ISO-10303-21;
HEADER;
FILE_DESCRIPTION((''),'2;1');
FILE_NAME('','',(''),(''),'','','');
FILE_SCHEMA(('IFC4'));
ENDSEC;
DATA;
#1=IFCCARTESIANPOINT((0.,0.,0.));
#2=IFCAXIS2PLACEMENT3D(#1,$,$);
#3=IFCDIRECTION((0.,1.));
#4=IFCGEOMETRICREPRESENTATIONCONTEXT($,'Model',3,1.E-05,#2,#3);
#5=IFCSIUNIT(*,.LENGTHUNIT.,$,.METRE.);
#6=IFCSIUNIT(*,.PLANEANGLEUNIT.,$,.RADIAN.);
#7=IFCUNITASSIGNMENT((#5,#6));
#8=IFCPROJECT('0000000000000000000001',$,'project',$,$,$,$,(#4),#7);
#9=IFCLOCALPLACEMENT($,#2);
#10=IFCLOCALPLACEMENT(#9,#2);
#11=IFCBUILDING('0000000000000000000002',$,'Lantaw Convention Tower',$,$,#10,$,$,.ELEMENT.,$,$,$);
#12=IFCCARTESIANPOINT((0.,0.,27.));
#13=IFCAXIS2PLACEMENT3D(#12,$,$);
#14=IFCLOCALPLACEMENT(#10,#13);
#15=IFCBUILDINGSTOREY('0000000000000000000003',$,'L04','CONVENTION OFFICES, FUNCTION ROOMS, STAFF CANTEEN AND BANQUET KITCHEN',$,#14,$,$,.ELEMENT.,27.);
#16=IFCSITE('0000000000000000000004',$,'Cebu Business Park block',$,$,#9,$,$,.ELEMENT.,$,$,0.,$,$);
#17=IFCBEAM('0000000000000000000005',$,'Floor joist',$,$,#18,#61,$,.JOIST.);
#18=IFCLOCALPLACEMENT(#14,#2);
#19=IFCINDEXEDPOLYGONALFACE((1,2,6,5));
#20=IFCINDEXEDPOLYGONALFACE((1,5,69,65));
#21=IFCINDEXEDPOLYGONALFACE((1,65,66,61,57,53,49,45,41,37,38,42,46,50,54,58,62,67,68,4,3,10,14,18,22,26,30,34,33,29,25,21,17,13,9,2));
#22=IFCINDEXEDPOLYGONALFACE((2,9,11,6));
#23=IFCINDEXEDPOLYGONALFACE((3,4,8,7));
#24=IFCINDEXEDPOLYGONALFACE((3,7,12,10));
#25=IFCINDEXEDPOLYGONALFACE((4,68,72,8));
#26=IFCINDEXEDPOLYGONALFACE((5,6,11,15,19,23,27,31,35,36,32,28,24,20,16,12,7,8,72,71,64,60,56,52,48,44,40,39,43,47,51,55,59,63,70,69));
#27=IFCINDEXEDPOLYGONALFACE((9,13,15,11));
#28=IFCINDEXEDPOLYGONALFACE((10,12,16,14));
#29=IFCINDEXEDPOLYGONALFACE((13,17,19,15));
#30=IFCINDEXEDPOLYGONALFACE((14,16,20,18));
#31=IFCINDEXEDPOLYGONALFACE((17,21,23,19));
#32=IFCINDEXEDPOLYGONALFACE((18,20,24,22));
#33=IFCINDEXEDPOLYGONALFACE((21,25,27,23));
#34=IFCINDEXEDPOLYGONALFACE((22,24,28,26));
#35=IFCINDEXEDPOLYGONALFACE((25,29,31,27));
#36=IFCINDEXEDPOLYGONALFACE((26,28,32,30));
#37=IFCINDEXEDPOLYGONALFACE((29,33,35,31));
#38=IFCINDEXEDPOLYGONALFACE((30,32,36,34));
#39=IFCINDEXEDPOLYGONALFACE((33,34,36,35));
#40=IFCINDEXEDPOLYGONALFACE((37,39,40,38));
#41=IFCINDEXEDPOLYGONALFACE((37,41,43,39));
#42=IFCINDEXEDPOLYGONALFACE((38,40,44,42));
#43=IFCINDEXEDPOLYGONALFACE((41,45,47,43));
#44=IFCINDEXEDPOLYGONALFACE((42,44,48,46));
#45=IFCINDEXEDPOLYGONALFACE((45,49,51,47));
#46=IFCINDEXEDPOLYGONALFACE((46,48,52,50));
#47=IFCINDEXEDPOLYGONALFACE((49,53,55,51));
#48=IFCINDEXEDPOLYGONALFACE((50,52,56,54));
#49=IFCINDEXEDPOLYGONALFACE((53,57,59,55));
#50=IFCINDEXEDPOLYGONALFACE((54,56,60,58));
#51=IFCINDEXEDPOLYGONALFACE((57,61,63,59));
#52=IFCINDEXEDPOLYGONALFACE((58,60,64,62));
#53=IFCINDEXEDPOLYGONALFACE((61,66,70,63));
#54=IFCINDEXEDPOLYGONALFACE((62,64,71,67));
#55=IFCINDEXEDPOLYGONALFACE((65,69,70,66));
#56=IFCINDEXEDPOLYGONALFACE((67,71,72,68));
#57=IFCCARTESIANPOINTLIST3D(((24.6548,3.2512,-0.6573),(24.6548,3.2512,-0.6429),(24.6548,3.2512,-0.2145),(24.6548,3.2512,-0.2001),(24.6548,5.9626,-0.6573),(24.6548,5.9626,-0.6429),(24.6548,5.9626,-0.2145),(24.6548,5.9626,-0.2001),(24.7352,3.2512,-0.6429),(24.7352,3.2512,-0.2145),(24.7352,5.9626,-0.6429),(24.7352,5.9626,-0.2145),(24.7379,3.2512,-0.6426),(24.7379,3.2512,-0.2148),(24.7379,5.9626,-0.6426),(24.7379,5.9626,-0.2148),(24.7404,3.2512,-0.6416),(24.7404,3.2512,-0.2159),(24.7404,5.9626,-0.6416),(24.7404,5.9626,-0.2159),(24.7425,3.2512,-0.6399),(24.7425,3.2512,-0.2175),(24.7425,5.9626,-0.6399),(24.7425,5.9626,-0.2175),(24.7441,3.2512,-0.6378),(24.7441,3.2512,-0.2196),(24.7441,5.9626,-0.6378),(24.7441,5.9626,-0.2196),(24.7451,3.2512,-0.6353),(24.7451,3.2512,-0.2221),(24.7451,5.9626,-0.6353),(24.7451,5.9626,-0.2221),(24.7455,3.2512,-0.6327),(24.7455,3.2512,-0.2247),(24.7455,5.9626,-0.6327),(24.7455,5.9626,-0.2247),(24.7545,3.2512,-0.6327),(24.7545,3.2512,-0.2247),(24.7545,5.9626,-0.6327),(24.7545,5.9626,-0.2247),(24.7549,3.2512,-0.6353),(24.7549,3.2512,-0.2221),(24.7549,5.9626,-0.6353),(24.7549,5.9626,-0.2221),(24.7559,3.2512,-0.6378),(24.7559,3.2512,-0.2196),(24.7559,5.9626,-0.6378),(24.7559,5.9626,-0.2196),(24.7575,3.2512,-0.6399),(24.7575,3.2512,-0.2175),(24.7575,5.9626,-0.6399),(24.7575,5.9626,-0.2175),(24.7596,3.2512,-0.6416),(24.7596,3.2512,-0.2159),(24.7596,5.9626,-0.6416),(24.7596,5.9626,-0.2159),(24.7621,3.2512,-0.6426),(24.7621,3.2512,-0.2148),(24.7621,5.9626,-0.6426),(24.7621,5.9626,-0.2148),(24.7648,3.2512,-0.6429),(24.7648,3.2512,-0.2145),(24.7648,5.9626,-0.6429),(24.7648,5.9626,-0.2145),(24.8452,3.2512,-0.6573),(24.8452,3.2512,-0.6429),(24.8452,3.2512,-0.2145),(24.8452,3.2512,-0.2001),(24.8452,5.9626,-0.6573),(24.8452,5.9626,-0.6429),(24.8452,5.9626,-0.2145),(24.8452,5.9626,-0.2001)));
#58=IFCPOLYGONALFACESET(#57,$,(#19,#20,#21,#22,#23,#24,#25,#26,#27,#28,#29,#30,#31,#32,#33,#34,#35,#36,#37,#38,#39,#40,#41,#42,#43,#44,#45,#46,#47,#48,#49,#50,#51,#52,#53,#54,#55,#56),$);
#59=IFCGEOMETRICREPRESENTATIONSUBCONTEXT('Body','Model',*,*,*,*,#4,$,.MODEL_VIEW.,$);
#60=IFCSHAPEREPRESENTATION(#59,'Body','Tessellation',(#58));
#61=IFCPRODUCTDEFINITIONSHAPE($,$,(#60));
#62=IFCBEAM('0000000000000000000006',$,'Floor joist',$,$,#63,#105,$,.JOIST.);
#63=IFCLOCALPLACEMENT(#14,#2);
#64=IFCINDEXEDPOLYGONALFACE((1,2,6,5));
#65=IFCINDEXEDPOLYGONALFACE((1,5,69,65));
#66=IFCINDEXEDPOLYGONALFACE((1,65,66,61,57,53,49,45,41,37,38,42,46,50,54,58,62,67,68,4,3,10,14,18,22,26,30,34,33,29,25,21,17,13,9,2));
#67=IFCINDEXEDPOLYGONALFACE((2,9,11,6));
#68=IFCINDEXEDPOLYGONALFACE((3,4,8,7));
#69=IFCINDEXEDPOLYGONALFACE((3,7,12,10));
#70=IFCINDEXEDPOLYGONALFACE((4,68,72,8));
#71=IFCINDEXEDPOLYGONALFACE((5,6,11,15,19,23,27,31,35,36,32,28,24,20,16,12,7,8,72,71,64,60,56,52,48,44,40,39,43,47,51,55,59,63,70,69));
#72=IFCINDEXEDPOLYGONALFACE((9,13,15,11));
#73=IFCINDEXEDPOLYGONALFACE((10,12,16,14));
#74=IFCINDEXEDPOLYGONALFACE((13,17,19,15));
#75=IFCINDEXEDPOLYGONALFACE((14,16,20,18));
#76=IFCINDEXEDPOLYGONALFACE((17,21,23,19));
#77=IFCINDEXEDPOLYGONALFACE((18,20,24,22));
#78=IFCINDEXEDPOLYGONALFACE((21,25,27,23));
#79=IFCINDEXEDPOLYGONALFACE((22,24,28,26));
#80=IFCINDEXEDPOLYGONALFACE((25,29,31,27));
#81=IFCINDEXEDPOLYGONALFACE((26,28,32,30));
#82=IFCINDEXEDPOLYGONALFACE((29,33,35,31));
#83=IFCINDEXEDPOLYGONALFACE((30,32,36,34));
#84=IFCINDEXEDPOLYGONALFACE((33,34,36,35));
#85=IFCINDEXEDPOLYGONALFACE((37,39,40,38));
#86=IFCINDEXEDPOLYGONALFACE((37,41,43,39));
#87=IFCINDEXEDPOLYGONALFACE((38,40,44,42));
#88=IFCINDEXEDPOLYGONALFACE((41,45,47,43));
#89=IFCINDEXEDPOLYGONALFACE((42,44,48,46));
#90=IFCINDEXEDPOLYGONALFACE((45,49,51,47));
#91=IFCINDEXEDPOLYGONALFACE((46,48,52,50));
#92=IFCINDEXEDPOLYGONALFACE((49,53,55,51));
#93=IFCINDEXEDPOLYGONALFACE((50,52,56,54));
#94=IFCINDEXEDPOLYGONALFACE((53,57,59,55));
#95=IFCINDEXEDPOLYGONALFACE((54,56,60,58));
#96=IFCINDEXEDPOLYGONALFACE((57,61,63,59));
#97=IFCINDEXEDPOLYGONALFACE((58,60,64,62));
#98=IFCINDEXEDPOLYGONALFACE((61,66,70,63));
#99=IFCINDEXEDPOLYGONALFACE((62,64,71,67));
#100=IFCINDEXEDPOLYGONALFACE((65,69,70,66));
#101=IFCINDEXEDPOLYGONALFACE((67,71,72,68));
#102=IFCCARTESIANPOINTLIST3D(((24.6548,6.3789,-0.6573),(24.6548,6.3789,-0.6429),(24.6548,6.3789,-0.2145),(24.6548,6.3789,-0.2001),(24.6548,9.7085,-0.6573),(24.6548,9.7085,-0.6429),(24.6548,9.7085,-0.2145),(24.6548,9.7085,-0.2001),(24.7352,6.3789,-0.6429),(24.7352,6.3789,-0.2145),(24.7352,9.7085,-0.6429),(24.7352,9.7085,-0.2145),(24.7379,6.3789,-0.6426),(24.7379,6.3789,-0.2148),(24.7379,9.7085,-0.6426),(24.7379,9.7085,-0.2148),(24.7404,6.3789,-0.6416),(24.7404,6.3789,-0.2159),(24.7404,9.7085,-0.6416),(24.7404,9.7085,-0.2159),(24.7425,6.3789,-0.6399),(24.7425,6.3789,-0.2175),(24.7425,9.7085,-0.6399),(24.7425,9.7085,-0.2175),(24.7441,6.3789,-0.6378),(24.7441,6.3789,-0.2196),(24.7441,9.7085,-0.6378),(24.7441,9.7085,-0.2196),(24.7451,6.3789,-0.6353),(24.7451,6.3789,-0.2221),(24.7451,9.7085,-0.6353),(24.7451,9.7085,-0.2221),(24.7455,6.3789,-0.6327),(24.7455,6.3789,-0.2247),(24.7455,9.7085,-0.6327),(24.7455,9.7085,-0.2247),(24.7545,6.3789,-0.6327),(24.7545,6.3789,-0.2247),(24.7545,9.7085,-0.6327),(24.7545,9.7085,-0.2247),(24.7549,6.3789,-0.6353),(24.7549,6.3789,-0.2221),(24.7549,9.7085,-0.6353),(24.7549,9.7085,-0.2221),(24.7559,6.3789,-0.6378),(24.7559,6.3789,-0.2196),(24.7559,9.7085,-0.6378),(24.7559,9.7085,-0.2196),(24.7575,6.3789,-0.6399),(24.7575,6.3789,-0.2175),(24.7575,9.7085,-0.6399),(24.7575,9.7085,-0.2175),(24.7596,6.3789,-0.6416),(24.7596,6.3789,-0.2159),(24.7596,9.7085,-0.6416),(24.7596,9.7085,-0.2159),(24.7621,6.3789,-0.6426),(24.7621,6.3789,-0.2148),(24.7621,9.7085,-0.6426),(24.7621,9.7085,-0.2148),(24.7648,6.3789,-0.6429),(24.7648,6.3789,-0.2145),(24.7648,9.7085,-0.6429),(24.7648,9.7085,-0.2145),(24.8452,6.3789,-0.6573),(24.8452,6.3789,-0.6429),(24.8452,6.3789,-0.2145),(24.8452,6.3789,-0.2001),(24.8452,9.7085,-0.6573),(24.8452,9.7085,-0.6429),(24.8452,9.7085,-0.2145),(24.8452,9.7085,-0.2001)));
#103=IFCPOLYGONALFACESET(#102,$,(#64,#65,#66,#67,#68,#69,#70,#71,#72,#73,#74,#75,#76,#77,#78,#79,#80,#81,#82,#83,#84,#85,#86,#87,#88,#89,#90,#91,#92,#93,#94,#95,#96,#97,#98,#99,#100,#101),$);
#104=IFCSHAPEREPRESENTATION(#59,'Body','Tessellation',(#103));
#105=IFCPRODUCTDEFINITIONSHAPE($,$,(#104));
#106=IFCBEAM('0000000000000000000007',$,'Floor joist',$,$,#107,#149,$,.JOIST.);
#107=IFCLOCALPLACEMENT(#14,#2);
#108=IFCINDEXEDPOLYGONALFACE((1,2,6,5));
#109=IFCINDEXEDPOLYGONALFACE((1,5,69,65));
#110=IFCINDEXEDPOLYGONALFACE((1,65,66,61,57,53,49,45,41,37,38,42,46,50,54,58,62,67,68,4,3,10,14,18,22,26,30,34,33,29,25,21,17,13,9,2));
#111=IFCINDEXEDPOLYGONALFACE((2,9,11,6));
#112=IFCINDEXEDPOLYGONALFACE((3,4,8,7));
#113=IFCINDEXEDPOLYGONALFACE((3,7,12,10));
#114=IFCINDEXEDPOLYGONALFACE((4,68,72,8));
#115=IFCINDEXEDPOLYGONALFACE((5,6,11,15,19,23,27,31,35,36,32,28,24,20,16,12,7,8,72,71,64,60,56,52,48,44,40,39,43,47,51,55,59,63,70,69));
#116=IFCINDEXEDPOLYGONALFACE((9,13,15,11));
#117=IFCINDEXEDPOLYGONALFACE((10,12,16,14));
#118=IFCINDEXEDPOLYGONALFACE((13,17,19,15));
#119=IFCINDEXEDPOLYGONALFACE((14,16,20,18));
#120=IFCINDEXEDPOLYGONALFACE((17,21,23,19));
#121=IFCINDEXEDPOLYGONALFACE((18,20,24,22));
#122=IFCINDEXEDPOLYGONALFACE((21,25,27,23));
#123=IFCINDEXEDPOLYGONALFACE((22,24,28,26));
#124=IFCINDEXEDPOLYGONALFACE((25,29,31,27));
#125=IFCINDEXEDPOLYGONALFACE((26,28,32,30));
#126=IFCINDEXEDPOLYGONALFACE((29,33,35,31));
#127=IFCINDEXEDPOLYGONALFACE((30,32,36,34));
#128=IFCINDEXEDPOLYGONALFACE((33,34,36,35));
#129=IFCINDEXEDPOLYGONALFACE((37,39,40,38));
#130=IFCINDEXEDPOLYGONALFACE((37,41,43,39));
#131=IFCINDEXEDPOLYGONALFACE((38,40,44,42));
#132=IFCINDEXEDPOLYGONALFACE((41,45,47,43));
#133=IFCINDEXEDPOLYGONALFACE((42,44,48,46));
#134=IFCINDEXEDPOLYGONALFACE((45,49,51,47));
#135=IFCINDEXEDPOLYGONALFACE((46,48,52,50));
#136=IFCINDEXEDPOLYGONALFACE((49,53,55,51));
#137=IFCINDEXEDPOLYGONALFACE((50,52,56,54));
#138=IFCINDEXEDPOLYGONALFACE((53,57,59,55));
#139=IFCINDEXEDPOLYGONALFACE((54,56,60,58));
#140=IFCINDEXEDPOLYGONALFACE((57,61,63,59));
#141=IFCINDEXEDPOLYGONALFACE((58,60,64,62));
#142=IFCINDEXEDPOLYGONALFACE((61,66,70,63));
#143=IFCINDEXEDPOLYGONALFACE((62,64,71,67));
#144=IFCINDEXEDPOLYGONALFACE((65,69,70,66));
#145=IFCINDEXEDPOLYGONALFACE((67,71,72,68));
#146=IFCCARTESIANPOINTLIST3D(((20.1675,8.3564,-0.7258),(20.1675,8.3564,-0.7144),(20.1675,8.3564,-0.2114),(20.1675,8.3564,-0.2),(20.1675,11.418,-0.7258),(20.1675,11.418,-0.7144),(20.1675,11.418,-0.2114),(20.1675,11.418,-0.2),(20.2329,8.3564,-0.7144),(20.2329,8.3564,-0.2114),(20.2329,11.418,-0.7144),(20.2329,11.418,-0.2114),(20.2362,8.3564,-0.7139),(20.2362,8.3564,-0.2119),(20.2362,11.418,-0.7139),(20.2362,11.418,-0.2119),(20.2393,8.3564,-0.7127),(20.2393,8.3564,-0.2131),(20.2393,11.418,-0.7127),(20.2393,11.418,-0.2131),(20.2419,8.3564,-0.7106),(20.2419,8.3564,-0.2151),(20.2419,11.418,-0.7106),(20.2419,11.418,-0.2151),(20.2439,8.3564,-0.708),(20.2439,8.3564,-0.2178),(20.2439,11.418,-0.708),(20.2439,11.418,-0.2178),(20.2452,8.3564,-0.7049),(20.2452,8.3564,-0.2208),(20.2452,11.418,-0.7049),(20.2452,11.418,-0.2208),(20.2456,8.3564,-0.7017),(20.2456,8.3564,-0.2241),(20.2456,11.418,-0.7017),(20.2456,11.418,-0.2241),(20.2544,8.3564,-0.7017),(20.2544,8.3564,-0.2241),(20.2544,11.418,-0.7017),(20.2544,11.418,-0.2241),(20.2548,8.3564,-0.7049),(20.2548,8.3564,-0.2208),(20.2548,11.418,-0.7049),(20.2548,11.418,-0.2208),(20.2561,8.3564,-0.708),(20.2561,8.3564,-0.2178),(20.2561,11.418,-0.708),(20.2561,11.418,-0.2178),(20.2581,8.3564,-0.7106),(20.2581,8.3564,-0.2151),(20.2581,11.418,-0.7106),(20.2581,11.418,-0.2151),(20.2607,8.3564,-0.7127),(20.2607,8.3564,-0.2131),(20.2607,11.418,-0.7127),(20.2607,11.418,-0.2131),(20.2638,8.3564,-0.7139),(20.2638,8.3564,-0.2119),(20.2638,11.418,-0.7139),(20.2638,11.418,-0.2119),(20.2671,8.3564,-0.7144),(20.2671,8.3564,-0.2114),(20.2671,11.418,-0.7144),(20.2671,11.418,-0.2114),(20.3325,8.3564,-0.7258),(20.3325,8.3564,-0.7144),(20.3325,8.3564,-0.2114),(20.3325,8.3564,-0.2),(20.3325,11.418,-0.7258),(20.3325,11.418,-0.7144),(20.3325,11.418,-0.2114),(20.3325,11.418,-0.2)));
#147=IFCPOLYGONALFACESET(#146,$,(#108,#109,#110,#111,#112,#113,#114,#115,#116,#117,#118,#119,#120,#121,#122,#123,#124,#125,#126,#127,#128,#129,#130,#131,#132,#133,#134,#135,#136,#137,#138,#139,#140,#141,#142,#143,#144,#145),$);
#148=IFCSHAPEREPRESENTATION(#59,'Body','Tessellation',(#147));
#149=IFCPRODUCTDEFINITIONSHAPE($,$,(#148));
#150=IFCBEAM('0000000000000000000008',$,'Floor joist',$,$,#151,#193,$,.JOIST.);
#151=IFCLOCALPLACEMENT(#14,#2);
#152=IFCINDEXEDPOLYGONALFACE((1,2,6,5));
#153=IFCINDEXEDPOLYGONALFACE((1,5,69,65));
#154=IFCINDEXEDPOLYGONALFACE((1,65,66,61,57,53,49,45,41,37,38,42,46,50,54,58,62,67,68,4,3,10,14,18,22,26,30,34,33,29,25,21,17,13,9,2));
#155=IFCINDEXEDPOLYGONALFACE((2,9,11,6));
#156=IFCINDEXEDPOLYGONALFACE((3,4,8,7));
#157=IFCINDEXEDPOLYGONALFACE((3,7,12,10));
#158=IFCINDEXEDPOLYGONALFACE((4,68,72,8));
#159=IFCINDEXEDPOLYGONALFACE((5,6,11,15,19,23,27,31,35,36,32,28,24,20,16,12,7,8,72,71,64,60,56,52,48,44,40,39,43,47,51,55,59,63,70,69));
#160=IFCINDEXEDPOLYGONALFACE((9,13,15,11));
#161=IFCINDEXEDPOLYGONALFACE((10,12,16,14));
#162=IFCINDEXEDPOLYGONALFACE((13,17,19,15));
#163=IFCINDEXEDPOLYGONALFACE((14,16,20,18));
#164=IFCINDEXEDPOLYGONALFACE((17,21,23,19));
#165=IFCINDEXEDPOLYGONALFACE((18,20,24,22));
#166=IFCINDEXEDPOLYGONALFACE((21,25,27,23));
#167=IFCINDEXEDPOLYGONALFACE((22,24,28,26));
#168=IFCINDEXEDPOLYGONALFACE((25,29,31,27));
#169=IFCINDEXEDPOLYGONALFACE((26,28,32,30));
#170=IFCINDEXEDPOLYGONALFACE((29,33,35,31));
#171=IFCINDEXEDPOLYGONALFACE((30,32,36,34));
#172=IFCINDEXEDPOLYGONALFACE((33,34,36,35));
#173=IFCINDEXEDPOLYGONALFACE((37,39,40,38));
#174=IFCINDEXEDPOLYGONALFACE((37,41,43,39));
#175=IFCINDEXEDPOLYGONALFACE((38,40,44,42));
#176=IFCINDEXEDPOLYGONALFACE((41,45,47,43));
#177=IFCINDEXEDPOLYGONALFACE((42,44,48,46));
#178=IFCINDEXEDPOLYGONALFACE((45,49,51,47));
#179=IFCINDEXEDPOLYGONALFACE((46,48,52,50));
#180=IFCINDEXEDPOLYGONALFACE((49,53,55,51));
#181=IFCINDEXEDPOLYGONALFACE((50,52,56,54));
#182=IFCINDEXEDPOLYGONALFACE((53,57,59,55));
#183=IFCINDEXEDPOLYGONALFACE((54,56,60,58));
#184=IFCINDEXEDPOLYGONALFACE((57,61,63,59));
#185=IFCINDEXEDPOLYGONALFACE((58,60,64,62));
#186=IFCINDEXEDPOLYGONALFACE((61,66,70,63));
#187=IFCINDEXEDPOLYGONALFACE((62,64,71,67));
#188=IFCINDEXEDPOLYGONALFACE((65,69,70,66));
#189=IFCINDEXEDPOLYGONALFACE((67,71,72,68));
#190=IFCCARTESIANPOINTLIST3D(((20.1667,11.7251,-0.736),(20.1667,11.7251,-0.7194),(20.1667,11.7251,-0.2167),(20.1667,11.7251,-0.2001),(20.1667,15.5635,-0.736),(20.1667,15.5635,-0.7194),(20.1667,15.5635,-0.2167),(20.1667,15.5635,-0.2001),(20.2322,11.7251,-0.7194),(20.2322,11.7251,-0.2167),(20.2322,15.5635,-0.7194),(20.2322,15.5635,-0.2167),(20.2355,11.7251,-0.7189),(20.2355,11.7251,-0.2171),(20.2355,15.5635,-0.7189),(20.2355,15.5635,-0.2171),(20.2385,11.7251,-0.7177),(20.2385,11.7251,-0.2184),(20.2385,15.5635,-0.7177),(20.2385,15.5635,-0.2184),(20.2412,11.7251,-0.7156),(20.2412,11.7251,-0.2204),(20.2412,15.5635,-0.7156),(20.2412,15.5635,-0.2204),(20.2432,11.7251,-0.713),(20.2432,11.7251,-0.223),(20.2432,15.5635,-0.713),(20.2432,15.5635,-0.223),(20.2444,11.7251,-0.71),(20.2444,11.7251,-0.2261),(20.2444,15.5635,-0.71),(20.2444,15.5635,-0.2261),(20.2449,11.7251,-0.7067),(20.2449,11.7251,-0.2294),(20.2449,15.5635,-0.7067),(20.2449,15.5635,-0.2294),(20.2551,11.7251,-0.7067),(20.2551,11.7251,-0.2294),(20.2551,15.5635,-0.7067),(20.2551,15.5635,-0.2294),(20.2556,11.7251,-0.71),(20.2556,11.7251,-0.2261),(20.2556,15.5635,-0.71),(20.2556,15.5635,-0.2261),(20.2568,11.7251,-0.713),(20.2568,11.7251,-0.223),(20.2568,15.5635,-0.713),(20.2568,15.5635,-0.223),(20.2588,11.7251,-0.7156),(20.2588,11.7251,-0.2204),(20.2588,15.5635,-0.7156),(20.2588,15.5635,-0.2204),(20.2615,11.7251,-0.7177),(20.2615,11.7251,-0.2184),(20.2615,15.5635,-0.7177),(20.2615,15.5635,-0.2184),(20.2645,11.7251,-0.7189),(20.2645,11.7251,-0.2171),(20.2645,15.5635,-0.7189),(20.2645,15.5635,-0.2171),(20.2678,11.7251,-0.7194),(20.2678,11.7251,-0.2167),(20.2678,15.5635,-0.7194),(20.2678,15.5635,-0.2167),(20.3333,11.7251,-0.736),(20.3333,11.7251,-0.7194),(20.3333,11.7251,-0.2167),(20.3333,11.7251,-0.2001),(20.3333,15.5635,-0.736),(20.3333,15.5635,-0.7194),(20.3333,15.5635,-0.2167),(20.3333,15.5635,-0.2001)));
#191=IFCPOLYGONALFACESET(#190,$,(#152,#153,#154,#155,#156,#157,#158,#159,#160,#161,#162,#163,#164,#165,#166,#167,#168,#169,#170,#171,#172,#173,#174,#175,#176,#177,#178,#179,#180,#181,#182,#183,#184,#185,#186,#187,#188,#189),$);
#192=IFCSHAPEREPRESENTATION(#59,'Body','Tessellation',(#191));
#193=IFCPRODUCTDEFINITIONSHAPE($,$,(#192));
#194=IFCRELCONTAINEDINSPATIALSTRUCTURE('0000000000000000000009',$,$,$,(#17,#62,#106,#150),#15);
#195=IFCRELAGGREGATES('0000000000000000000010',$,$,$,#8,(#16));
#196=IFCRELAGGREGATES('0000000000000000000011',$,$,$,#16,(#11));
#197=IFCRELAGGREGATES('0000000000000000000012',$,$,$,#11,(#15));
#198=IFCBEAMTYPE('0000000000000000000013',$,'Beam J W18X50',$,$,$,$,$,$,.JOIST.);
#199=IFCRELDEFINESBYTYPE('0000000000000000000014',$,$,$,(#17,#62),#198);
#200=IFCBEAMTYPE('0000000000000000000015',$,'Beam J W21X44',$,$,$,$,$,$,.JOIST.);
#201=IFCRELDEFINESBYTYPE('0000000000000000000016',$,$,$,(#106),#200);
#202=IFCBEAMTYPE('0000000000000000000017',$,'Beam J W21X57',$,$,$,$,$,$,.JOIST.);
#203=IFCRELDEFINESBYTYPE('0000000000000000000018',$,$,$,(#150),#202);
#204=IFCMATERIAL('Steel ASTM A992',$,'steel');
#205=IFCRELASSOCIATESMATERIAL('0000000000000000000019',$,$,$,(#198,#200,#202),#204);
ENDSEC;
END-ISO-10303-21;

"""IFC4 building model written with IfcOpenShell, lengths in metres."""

from ifc_helpers import new_model, si_unit, direction, frame, origin, origin_2d, place, context, subcontext, project, spatial, i_section, extrude, material, material_profile, profile_set, type_object, element, save


model = new_model("IFC4")

# Units and contexts
model_context = context("Model", 3, precision=1e-05, world=origin(), true_north=direction((0.0, 1.0)))
body_context = subcontext(model_context, "Body", "Model", "MODEL_VIEW")
ifc_project = project(units=[si_unit("LENGTHUNIT", "METRE"), si_unit("PLANEANGLEUNIT", "RADIAN")], contexts=[model_context])

# Site, building, storey
site_placement = place(None, origin())
site = spatial("IfcSite", under=ifc_project, at=site_placement, Name="Cebu Business Park block", CompositionType="ELEMENT", RefElevation=0.0)
building_placement = place(site_placement, origin())
building = spatial("IfcBuilding", under=site, at=building_placement, Name="Lantaw Convention Tower", CompositionType="ELEMENT")
storey_placement = place(building_placement, frame((0.0, 0.0, 27.0)))
storey = spatial("IfcBuildingStorey", under=building, at=storey_placement, Name="L04", Description="CONVENTION OFFICES, FUNCTION ROOMS, STAFF CANTEEN AND BANQUET KITCHEN", CompositionType="ELEMENT", Elevation=27.0)

# Beams
ifc_material_1 = material(Name="Steel ASTM A992", Category="steel")
ifc_material_profile_1 = material_profile(ifc_material_1, i_section(OverallWidth=0.1904, OverallDepth=0.4573, WebThickness=0.009, FlangeThickness=0.0144, FilletRadius=0.0103, at=origin_2d()), Name="W18X50")
ifc_profile_set_1 = profile_set([ifc_material_profile_1], Name="Steel ASTM A992")
beam_type_1 = type_object("IfcBeamType", Name="Beam J W18X50", PredefinedType="JOIST", material=ifc_profile_set_1)
beam_1_placement = place(storey_placement, frame((24.75, 3.2512, -0.4287), z_axis=(0.0, 1.0, 0.0), x_axis=(-1.0, 0.0, 0.0)))
element("IfcBeam", 1, at=beam_1_placement, inside=storey, type_object=beam_type_1, Name="Floor joist", PredefinedType="JOIST", context=body_context, shape_type="SweptSolid", body=[
    extrude(i_section(OverallWidth=0.1904, OverallDepth=0.4573, WebThickness=0.009, FlangeThickness=0.0144, FilletRadius=0.0103, at=origin_2d()), origin(), (0.0, 0.0, 1.0), 2.7114),
])
beam_2_placement = place(storey_placement, frame((24.75, 6.3789, -0.4287), z_axis=(0.0, 1.0, 0.0), x_axis=(-1.0, 0.0, 0.0)))
element("IfcBeam", 2, at=beam_2_placement, inside=storey, type_object=beam_type_1, Name="Floor joist", PredefinedType="JOIST", context=body_context, shape_type="SweptSolid", body=[
    extrude(i_section(OverallWidth=0.1904, OverallDepth=0.4573, WebThickness=0.009, FlangeThickness=0.0144, FilletRadius=0.0103, at=origin_2d()), origin(), (0.0, 0.0, 1.0), 3.3296),
])
ifc_material_profile_2 = material_profile(ifc_material_1, i_section(OverallWidth=0.165, OverallDepth=0.5259, WebThickness=0.0088, FlangeThickness=0.0115, FilletRadius=0.0127, at=origin_2d()), Name="W21X44")
ifc_profile_set_2 = profile_set([ifc_material_profile_2], Name="Steel ASTM A992")
beam_type_2 = type_object("IfcBeamType", Name="Beam J W21X44", PredefinedType="JOIST", material=ifc_profile_set_2)
beam_3_placement = place(storey_placement, frame((20.25, 8.3564, -0.4629), z_axis=(0.0, 1.0, 0.0), x_axis=(-1.0, 0.0, 0.0)))
element("IfcBeam", 3, at=beam_3_placement, inside=storey, type_object=beam_type_2, Name="Floor joist", PredefinedType="JOIST", context=body_context, shape_type="SweptSolid", body=[
    extrude(i_section(OverallWidth=0.165, OverallDepth=0.5259, WebThickness=0.0088, FlangeThickness=0.0115, FilletRadius=0.0127, at=origin_2d()), origin(), (0.0, 0.0, 1.0), 3.0615),
])
ifc_material_profile_3 = material_profile(ifc_material_1, i_section(OverallWidth=0.1665, OverallDepth=0.5359, WebThickness=0.0103, FlangeThickness=0.0166, FilletRadius=0.0127, at=origin_2d()), Name="W21X57")
ifc_profile_set_3 = profile_set([ifc_material_profile_3], Name="Steel ASTM A992")
beam_type_3 = type_object("IfcBeamType", Name="Beam J W21X57", PredefinedType="JOIST", material=ifc_profile_set_3)
beam_4_placement = place(storey_placement, frame((20.25, 11.7251, -0.468), z_axis=(0.0, 1.0, 0.0), x_axis=(-1.0, 0.0, 0.0)))
element("IfcBeam", 4, at=beam_4_placement, inside=storey, type_object=beam_type_3, Name="Floor joist", PredefinedType="JOIST", context=body_context, shape_type="SweptSolid", body=[
    extrude(i_section(OverallWidth=0.1665, OverallDepth=0.5359, WebThickness=0.0103, FlangeThickness=0.0166, FilletRadius=0.0127, at=origin_2d()), origin(), (0.0, 0.0, 1.0), 3.8384),
])

save(model, "model.ifc")
